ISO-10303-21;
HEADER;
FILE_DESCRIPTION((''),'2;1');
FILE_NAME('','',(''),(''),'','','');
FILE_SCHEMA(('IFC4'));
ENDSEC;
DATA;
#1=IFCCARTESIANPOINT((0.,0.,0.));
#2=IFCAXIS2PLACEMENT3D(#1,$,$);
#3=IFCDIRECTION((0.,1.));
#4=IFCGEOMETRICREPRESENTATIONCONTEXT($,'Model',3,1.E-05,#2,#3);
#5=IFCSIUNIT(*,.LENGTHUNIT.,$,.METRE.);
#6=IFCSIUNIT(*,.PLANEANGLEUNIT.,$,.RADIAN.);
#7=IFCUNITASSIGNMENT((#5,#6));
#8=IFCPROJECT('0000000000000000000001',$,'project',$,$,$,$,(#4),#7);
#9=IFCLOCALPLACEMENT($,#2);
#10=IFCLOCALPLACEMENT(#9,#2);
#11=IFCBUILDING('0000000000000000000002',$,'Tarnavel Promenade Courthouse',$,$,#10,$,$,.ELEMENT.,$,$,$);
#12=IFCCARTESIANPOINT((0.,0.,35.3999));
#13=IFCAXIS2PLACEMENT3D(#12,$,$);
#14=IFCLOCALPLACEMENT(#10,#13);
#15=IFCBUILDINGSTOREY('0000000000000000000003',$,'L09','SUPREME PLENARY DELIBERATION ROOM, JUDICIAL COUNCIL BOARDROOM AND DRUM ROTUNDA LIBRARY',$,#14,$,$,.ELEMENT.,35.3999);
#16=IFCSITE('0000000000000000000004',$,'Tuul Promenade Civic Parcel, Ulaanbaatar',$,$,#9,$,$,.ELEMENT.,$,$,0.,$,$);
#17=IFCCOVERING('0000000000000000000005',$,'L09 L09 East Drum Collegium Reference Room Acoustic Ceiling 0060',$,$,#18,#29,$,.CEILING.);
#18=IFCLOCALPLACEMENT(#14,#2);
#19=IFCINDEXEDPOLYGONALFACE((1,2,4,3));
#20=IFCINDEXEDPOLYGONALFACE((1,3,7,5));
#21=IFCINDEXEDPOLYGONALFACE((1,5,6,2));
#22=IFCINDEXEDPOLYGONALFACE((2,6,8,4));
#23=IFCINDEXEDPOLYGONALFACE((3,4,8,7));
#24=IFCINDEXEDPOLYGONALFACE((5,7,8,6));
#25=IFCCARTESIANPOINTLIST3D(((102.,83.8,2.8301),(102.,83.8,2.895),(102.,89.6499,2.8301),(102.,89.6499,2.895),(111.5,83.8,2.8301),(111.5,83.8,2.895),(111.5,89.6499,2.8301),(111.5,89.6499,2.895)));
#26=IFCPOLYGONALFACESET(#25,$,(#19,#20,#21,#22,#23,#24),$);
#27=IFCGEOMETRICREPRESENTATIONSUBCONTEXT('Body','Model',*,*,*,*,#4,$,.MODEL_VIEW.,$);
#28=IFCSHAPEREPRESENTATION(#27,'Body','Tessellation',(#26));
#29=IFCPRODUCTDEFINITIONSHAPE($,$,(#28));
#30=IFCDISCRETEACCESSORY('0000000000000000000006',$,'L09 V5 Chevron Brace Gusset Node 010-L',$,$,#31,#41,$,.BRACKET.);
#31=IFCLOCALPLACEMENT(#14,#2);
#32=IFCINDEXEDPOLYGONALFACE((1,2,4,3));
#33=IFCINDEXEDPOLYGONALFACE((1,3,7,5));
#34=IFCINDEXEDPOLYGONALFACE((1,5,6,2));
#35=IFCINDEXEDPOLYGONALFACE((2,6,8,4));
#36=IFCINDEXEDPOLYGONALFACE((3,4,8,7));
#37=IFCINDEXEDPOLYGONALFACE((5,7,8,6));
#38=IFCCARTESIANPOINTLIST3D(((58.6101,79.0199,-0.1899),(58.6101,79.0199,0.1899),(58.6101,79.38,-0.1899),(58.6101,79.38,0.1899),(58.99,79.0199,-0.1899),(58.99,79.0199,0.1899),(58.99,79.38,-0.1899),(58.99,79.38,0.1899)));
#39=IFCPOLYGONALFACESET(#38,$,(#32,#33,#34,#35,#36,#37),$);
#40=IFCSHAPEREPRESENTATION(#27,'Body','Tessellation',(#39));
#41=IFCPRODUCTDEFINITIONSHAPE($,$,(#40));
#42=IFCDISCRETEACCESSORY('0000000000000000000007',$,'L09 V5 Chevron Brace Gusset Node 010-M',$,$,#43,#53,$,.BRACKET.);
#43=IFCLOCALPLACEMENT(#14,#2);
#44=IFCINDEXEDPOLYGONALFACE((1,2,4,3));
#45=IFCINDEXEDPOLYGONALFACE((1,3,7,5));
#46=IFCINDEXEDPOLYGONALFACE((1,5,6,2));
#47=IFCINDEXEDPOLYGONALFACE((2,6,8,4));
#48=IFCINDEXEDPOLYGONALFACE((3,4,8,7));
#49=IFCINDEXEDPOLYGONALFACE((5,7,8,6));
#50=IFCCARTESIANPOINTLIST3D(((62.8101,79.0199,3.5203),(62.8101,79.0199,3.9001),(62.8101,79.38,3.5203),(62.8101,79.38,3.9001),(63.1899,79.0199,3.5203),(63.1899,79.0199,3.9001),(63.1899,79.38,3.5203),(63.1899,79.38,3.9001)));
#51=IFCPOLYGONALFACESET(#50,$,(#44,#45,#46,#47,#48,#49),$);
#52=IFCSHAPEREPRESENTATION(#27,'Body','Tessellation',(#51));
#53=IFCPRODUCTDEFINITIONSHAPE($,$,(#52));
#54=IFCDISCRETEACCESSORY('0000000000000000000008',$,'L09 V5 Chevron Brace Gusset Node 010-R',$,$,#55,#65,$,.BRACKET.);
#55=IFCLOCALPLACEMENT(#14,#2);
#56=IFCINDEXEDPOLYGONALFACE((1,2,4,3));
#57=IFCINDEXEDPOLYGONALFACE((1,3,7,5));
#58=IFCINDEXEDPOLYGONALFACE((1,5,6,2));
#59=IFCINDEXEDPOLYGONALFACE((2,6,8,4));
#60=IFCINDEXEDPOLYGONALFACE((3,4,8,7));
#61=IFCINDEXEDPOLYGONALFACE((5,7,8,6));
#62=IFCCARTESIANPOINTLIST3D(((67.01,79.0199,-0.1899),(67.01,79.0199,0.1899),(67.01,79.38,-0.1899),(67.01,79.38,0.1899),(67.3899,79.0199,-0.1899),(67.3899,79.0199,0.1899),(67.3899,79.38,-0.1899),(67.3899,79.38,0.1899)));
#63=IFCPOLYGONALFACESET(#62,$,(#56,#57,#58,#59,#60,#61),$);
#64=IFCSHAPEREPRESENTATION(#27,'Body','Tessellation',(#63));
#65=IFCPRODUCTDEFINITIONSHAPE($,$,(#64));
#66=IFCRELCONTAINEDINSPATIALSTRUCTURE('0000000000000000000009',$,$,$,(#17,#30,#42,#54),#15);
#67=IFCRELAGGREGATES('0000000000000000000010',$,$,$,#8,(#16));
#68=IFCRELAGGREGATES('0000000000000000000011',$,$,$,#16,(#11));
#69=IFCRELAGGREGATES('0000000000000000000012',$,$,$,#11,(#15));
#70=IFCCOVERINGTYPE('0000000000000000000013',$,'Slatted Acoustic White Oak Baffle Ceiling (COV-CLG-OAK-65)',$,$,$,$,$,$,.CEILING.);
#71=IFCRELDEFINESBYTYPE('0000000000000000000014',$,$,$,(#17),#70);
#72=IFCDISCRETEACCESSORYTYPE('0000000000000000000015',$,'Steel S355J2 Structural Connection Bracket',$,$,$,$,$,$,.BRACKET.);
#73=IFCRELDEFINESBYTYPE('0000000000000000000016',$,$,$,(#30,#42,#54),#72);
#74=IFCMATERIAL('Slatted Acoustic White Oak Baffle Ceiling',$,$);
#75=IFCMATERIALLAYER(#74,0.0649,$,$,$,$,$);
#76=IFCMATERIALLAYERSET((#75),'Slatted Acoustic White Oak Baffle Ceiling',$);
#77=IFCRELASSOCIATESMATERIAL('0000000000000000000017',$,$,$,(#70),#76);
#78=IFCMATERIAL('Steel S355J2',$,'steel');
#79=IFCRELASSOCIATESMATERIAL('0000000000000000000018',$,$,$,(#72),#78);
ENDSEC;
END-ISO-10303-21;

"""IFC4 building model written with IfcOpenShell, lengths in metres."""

from ifc_helpers import new_model, si_unit, direction, frame, origin, origin_2d, place, context, subcontext, project, spatial, polyline, rectangle, outline, extrude, material, layer, layer_set, type_object, element, save


model = new_model("IFC4")

# Units and contexts
model_context = context("Model", 3, precision=1e-05, world=origin(), true_north=direction((0.0, 1.0)))
body_context = subcontext(model_context, "Body", "Model", "MODEL_VIEW")
ifc_project = project(units=[si_unit("LENGTHUNIT", "METRE"), si_unit("PLANEANGLEUNIT", "RADIAN")], contexts=[model_context])

# Site, building, storey
site_placement = place(None, origin())
site = spatial("IfcSite", under=ifc_project, at=site_placement, Name="Tuul Promenade Civic Parcel, Ulaanbaatar", CompositionType="ELEMENT", RefElevation=0.0)
building_placement = place(site_placement, origin())
building = spatial("IfcBuilding", under=site, at=building_placement, Name="Tarnavel Promenade Courthouse", CompositionType="ELEMENT")
storey_placement = place(building_placement, frame((0.0, 0.0, 35.3999)))
storey = spatial("IfcBuildingStorey", under=building, at=storey_placement, Name="L09", Description="SUPREME PLENARY DELIBERATION ROOM, JUDICIAL COUNCIL BOARDROOM AND DRUM ROTUNDA LIBRARY", CompositionType="ELEMENT", Elevation=35.3999)

# Shared definitions
ifc_material_1 = material(Name="Steel S355J2", Category="steel")

# Covering
ifc_material_2 = material(Name="Slatted Acoustic White Oak Baffle Ceiling")
ifc_layer_1 = layer(ifc_material_2, 0.0649)
ifc_layer_set_1 = layer_set([ifc_layer_1], Name="Slatted Acoustic White Oak Baffle Ceiling")
covering_type_1 = type_object("IfcCoveringType", Name="Slatted Acoustic White Oak Baffle Ceiling (COV-CLG-OAK-65)", PredefinedType="CEILING", material=ifc_layer_set_1)
covering_1_placement = place(storey_placement, frame((0.0, 0.0, 2.8301)))
element("IfcCovering", 1, at=covering_1_placement, inside=storey, type_object=covering_type_1, Name="L09 L09 East Drum Collegium Reference Room Acoustic Ceiling 0060", PredefinedType="CEILING", context=body_context, shape_type="SweptSolid", body=[
    extrude(outline(polyline([(102.0, 83.8), (111.5, 83.8), (111.5, 89.6499), (102.0, 89.6499), (102.0, 83.8)])), origin(), (0.0, 0.0, 1.0), 0.0649),
])

# Discrete accessories
discrete_accessory_type = type_object("IfcDiscreteAccessoryType", Name="Steel S355J2 Structural Connection Bracket", PredefinedType="BRACKET", material=ifc_material_1)
for number, where, z_axis, x_axis, name in (
    (2, (58.8, 79.2, -0.1899), (0.0, 0.0, 1.0), (1.0, 0.0, 0.0), "L09 V5 Chevron Brace Gusset Node 010-L"),
    (3, (63.0, 79.2, 3.5203), (0.0, 0.0, 1.0), (1.0, 0.0, 0.0), "L09 V5 Chevron Brace Gusset Node 010-M"),
    (4, (67.2, 79.2, -0.1899), (0.0, 0.0, 1.0), (1.0, 0.0, 0.0), "L09 V5 Chevron Brace Gusset Node 010-R"),
):
    element("IfcDiscreteAccessory", number, at=place(storey_placement, frame(where, z_axis=z_axis, x_axis=x_axis)), inside=storey, type_object=discrete_accessory_type, Name=name, PredefinedType="BRACKET", context=body_context, shape_type="SweptSolid", body=[
        extrude(rectangle(XDim=0.3799, YDim=0.3601, at=origin_2d()), origin(), (0.0, 0.0, 1.0), 0.3799),
    ])

save(model, "model.ifc")
